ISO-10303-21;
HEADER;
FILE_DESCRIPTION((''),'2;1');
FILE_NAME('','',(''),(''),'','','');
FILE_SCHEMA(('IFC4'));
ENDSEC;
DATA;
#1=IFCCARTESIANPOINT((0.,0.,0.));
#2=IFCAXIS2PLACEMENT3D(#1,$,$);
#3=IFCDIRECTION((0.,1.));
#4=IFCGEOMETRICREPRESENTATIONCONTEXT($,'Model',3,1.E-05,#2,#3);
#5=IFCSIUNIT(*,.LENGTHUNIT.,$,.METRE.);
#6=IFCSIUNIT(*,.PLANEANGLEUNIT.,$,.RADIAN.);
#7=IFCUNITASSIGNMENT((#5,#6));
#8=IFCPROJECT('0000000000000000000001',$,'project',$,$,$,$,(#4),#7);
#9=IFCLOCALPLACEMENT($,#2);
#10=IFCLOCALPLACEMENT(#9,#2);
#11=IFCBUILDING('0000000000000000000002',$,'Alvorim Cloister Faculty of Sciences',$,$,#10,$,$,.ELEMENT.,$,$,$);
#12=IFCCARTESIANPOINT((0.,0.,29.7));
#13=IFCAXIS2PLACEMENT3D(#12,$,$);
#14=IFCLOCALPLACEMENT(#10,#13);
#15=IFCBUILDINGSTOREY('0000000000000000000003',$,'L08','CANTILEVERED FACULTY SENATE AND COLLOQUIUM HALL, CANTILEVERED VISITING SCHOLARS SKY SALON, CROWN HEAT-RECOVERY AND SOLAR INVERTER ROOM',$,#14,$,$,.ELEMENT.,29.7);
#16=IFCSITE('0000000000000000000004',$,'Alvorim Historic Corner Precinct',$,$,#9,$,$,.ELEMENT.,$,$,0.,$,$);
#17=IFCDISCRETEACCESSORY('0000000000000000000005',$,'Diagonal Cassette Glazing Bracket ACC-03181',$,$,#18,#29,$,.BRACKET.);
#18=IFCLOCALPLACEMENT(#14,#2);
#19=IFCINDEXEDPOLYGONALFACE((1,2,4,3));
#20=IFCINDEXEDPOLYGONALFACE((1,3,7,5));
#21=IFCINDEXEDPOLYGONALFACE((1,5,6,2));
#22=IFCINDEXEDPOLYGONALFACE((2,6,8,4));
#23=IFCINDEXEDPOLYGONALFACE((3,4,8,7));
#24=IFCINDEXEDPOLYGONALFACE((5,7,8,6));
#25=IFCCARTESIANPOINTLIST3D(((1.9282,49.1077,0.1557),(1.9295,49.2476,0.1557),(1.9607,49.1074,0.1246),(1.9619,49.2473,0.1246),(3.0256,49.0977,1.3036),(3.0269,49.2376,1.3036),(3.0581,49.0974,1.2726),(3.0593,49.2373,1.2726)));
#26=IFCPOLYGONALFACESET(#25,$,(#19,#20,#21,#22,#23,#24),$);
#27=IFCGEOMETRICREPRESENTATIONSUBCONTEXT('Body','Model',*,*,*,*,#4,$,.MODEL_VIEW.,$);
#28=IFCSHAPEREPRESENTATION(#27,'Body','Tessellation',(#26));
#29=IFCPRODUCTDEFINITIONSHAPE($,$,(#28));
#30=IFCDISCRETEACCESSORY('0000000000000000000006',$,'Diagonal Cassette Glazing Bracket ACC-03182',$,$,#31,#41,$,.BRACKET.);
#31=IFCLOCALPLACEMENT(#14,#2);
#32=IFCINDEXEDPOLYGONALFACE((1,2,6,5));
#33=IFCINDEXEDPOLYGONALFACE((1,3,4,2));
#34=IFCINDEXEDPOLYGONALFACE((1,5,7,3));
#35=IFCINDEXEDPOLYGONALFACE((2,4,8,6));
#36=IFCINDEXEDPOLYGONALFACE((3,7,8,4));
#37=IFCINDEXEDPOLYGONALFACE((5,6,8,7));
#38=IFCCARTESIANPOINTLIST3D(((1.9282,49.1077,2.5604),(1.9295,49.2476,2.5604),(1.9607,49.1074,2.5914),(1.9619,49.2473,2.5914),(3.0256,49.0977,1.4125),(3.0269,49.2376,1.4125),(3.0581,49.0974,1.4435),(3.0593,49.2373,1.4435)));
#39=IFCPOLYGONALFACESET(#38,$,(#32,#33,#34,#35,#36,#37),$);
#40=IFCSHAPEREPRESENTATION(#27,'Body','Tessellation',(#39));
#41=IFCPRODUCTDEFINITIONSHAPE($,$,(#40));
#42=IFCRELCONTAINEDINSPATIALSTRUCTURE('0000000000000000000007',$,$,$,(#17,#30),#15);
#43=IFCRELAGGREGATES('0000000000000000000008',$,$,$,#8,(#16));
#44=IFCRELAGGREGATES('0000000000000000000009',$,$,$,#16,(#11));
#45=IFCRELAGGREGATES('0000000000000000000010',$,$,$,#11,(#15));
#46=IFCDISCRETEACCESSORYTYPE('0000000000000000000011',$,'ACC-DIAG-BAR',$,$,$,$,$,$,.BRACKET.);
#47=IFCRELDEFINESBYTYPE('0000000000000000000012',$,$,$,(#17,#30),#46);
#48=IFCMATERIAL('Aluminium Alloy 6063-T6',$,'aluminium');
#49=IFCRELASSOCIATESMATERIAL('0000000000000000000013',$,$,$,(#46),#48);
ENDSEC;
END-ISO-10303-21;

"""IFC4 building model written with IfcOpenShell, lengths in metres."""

from ifc_helpers import new_model, si_unit, direction, frame, origin, origin_2d, place, context, subcontext, project, spatial, rectangle, extrude, material, type_object, element, save


model = new_model("IFC4")

# Units and contexts
model_context = context("Model", 3, precision=1e-05, world=origin(), true_north=direction((0.0, 1.0)))
body_context = subcontext(model_context, "Body", "Model", "MODEL_VIEW")
ifc_project = project(units=[si_unit("LENGTHUNIT", "METRE"), si_unit("PLANEANGLEUNIT", "RADIAN")], contexts=[model_context])

# Site, building, storey
site_placement = place(None, origin())
site = spatial("IfcSite", under=ifc_project, at=site_placement, Name="Alvorim Historic Corner Precinct", CompositionType="ELEMENT", RefElevation=0.0)
building_placement = place(site_placement, origin())
building = spatial("IfcBuilding", under=site, at=building_placement, Name="Alvorim Cloister Faculty of Sciences", CompositionType="ELEMENT")
storey_placement = place(building_placement, frame((0.0, 0.0, 29.7)))
storey = spatial("IfcBuildingStorey", under=building, at=storey_placement, Name="L08", Description="CANTILEVERED FACULTY SENATE AND COLLOQUIUM HALL, CANTILEVERED VISITING SCHOLARS SKY SALON, CROWN HEAT-RECOVERY AND SOLAR INVERTER ROOM", CompositionType="ELEMENT", Elevation=29.7)

# Shared definitions
ifc_material_1 = material(Name="Aluminium Alloy 6063-T6", Category="aluminium")

# Discrete accessories
discrete_accessory_type = type_object("IfcDiscreteAccessoryType", Name="ACC-DIAG-BAR", PredefinedType="BRACKET", material=ifc_material_1)
for number, where, z_axis, x_axis, name in (
    (1, (1.9451, 49.1775, 0.1401), (0.691003, -0.006303, 0.722824), (0.009121, 0.999958, 0.0), "Diagonal Cassette Glazing Bracket ACC-03181"),
    (2, (1.9451, 49.1775, 2.5759), (0.691003, -0.006303, -0.722824), (0.009121, 0.999958, 0.0), "Diagonal Cassette Glazing Bracket ACC-03182"),
):
    element("IfcDiscreteAccessory", number, at=place(storey_placement, frame(where, z_axis=z_axis, x_axis=x_axis)), inside=storey, type_object=discrete_accessory_type, Name=name, PredefinedType="BRACKET", context=body_context, shape_type="SweptSolid", body=[
        extrude(rectangle(XDim=0.1399, YDim=0.0449, at=origin_2d()), origin(), (0.0, 0.0, 1.0), 1.5881),
    ])

save(model, "model.ifc")
